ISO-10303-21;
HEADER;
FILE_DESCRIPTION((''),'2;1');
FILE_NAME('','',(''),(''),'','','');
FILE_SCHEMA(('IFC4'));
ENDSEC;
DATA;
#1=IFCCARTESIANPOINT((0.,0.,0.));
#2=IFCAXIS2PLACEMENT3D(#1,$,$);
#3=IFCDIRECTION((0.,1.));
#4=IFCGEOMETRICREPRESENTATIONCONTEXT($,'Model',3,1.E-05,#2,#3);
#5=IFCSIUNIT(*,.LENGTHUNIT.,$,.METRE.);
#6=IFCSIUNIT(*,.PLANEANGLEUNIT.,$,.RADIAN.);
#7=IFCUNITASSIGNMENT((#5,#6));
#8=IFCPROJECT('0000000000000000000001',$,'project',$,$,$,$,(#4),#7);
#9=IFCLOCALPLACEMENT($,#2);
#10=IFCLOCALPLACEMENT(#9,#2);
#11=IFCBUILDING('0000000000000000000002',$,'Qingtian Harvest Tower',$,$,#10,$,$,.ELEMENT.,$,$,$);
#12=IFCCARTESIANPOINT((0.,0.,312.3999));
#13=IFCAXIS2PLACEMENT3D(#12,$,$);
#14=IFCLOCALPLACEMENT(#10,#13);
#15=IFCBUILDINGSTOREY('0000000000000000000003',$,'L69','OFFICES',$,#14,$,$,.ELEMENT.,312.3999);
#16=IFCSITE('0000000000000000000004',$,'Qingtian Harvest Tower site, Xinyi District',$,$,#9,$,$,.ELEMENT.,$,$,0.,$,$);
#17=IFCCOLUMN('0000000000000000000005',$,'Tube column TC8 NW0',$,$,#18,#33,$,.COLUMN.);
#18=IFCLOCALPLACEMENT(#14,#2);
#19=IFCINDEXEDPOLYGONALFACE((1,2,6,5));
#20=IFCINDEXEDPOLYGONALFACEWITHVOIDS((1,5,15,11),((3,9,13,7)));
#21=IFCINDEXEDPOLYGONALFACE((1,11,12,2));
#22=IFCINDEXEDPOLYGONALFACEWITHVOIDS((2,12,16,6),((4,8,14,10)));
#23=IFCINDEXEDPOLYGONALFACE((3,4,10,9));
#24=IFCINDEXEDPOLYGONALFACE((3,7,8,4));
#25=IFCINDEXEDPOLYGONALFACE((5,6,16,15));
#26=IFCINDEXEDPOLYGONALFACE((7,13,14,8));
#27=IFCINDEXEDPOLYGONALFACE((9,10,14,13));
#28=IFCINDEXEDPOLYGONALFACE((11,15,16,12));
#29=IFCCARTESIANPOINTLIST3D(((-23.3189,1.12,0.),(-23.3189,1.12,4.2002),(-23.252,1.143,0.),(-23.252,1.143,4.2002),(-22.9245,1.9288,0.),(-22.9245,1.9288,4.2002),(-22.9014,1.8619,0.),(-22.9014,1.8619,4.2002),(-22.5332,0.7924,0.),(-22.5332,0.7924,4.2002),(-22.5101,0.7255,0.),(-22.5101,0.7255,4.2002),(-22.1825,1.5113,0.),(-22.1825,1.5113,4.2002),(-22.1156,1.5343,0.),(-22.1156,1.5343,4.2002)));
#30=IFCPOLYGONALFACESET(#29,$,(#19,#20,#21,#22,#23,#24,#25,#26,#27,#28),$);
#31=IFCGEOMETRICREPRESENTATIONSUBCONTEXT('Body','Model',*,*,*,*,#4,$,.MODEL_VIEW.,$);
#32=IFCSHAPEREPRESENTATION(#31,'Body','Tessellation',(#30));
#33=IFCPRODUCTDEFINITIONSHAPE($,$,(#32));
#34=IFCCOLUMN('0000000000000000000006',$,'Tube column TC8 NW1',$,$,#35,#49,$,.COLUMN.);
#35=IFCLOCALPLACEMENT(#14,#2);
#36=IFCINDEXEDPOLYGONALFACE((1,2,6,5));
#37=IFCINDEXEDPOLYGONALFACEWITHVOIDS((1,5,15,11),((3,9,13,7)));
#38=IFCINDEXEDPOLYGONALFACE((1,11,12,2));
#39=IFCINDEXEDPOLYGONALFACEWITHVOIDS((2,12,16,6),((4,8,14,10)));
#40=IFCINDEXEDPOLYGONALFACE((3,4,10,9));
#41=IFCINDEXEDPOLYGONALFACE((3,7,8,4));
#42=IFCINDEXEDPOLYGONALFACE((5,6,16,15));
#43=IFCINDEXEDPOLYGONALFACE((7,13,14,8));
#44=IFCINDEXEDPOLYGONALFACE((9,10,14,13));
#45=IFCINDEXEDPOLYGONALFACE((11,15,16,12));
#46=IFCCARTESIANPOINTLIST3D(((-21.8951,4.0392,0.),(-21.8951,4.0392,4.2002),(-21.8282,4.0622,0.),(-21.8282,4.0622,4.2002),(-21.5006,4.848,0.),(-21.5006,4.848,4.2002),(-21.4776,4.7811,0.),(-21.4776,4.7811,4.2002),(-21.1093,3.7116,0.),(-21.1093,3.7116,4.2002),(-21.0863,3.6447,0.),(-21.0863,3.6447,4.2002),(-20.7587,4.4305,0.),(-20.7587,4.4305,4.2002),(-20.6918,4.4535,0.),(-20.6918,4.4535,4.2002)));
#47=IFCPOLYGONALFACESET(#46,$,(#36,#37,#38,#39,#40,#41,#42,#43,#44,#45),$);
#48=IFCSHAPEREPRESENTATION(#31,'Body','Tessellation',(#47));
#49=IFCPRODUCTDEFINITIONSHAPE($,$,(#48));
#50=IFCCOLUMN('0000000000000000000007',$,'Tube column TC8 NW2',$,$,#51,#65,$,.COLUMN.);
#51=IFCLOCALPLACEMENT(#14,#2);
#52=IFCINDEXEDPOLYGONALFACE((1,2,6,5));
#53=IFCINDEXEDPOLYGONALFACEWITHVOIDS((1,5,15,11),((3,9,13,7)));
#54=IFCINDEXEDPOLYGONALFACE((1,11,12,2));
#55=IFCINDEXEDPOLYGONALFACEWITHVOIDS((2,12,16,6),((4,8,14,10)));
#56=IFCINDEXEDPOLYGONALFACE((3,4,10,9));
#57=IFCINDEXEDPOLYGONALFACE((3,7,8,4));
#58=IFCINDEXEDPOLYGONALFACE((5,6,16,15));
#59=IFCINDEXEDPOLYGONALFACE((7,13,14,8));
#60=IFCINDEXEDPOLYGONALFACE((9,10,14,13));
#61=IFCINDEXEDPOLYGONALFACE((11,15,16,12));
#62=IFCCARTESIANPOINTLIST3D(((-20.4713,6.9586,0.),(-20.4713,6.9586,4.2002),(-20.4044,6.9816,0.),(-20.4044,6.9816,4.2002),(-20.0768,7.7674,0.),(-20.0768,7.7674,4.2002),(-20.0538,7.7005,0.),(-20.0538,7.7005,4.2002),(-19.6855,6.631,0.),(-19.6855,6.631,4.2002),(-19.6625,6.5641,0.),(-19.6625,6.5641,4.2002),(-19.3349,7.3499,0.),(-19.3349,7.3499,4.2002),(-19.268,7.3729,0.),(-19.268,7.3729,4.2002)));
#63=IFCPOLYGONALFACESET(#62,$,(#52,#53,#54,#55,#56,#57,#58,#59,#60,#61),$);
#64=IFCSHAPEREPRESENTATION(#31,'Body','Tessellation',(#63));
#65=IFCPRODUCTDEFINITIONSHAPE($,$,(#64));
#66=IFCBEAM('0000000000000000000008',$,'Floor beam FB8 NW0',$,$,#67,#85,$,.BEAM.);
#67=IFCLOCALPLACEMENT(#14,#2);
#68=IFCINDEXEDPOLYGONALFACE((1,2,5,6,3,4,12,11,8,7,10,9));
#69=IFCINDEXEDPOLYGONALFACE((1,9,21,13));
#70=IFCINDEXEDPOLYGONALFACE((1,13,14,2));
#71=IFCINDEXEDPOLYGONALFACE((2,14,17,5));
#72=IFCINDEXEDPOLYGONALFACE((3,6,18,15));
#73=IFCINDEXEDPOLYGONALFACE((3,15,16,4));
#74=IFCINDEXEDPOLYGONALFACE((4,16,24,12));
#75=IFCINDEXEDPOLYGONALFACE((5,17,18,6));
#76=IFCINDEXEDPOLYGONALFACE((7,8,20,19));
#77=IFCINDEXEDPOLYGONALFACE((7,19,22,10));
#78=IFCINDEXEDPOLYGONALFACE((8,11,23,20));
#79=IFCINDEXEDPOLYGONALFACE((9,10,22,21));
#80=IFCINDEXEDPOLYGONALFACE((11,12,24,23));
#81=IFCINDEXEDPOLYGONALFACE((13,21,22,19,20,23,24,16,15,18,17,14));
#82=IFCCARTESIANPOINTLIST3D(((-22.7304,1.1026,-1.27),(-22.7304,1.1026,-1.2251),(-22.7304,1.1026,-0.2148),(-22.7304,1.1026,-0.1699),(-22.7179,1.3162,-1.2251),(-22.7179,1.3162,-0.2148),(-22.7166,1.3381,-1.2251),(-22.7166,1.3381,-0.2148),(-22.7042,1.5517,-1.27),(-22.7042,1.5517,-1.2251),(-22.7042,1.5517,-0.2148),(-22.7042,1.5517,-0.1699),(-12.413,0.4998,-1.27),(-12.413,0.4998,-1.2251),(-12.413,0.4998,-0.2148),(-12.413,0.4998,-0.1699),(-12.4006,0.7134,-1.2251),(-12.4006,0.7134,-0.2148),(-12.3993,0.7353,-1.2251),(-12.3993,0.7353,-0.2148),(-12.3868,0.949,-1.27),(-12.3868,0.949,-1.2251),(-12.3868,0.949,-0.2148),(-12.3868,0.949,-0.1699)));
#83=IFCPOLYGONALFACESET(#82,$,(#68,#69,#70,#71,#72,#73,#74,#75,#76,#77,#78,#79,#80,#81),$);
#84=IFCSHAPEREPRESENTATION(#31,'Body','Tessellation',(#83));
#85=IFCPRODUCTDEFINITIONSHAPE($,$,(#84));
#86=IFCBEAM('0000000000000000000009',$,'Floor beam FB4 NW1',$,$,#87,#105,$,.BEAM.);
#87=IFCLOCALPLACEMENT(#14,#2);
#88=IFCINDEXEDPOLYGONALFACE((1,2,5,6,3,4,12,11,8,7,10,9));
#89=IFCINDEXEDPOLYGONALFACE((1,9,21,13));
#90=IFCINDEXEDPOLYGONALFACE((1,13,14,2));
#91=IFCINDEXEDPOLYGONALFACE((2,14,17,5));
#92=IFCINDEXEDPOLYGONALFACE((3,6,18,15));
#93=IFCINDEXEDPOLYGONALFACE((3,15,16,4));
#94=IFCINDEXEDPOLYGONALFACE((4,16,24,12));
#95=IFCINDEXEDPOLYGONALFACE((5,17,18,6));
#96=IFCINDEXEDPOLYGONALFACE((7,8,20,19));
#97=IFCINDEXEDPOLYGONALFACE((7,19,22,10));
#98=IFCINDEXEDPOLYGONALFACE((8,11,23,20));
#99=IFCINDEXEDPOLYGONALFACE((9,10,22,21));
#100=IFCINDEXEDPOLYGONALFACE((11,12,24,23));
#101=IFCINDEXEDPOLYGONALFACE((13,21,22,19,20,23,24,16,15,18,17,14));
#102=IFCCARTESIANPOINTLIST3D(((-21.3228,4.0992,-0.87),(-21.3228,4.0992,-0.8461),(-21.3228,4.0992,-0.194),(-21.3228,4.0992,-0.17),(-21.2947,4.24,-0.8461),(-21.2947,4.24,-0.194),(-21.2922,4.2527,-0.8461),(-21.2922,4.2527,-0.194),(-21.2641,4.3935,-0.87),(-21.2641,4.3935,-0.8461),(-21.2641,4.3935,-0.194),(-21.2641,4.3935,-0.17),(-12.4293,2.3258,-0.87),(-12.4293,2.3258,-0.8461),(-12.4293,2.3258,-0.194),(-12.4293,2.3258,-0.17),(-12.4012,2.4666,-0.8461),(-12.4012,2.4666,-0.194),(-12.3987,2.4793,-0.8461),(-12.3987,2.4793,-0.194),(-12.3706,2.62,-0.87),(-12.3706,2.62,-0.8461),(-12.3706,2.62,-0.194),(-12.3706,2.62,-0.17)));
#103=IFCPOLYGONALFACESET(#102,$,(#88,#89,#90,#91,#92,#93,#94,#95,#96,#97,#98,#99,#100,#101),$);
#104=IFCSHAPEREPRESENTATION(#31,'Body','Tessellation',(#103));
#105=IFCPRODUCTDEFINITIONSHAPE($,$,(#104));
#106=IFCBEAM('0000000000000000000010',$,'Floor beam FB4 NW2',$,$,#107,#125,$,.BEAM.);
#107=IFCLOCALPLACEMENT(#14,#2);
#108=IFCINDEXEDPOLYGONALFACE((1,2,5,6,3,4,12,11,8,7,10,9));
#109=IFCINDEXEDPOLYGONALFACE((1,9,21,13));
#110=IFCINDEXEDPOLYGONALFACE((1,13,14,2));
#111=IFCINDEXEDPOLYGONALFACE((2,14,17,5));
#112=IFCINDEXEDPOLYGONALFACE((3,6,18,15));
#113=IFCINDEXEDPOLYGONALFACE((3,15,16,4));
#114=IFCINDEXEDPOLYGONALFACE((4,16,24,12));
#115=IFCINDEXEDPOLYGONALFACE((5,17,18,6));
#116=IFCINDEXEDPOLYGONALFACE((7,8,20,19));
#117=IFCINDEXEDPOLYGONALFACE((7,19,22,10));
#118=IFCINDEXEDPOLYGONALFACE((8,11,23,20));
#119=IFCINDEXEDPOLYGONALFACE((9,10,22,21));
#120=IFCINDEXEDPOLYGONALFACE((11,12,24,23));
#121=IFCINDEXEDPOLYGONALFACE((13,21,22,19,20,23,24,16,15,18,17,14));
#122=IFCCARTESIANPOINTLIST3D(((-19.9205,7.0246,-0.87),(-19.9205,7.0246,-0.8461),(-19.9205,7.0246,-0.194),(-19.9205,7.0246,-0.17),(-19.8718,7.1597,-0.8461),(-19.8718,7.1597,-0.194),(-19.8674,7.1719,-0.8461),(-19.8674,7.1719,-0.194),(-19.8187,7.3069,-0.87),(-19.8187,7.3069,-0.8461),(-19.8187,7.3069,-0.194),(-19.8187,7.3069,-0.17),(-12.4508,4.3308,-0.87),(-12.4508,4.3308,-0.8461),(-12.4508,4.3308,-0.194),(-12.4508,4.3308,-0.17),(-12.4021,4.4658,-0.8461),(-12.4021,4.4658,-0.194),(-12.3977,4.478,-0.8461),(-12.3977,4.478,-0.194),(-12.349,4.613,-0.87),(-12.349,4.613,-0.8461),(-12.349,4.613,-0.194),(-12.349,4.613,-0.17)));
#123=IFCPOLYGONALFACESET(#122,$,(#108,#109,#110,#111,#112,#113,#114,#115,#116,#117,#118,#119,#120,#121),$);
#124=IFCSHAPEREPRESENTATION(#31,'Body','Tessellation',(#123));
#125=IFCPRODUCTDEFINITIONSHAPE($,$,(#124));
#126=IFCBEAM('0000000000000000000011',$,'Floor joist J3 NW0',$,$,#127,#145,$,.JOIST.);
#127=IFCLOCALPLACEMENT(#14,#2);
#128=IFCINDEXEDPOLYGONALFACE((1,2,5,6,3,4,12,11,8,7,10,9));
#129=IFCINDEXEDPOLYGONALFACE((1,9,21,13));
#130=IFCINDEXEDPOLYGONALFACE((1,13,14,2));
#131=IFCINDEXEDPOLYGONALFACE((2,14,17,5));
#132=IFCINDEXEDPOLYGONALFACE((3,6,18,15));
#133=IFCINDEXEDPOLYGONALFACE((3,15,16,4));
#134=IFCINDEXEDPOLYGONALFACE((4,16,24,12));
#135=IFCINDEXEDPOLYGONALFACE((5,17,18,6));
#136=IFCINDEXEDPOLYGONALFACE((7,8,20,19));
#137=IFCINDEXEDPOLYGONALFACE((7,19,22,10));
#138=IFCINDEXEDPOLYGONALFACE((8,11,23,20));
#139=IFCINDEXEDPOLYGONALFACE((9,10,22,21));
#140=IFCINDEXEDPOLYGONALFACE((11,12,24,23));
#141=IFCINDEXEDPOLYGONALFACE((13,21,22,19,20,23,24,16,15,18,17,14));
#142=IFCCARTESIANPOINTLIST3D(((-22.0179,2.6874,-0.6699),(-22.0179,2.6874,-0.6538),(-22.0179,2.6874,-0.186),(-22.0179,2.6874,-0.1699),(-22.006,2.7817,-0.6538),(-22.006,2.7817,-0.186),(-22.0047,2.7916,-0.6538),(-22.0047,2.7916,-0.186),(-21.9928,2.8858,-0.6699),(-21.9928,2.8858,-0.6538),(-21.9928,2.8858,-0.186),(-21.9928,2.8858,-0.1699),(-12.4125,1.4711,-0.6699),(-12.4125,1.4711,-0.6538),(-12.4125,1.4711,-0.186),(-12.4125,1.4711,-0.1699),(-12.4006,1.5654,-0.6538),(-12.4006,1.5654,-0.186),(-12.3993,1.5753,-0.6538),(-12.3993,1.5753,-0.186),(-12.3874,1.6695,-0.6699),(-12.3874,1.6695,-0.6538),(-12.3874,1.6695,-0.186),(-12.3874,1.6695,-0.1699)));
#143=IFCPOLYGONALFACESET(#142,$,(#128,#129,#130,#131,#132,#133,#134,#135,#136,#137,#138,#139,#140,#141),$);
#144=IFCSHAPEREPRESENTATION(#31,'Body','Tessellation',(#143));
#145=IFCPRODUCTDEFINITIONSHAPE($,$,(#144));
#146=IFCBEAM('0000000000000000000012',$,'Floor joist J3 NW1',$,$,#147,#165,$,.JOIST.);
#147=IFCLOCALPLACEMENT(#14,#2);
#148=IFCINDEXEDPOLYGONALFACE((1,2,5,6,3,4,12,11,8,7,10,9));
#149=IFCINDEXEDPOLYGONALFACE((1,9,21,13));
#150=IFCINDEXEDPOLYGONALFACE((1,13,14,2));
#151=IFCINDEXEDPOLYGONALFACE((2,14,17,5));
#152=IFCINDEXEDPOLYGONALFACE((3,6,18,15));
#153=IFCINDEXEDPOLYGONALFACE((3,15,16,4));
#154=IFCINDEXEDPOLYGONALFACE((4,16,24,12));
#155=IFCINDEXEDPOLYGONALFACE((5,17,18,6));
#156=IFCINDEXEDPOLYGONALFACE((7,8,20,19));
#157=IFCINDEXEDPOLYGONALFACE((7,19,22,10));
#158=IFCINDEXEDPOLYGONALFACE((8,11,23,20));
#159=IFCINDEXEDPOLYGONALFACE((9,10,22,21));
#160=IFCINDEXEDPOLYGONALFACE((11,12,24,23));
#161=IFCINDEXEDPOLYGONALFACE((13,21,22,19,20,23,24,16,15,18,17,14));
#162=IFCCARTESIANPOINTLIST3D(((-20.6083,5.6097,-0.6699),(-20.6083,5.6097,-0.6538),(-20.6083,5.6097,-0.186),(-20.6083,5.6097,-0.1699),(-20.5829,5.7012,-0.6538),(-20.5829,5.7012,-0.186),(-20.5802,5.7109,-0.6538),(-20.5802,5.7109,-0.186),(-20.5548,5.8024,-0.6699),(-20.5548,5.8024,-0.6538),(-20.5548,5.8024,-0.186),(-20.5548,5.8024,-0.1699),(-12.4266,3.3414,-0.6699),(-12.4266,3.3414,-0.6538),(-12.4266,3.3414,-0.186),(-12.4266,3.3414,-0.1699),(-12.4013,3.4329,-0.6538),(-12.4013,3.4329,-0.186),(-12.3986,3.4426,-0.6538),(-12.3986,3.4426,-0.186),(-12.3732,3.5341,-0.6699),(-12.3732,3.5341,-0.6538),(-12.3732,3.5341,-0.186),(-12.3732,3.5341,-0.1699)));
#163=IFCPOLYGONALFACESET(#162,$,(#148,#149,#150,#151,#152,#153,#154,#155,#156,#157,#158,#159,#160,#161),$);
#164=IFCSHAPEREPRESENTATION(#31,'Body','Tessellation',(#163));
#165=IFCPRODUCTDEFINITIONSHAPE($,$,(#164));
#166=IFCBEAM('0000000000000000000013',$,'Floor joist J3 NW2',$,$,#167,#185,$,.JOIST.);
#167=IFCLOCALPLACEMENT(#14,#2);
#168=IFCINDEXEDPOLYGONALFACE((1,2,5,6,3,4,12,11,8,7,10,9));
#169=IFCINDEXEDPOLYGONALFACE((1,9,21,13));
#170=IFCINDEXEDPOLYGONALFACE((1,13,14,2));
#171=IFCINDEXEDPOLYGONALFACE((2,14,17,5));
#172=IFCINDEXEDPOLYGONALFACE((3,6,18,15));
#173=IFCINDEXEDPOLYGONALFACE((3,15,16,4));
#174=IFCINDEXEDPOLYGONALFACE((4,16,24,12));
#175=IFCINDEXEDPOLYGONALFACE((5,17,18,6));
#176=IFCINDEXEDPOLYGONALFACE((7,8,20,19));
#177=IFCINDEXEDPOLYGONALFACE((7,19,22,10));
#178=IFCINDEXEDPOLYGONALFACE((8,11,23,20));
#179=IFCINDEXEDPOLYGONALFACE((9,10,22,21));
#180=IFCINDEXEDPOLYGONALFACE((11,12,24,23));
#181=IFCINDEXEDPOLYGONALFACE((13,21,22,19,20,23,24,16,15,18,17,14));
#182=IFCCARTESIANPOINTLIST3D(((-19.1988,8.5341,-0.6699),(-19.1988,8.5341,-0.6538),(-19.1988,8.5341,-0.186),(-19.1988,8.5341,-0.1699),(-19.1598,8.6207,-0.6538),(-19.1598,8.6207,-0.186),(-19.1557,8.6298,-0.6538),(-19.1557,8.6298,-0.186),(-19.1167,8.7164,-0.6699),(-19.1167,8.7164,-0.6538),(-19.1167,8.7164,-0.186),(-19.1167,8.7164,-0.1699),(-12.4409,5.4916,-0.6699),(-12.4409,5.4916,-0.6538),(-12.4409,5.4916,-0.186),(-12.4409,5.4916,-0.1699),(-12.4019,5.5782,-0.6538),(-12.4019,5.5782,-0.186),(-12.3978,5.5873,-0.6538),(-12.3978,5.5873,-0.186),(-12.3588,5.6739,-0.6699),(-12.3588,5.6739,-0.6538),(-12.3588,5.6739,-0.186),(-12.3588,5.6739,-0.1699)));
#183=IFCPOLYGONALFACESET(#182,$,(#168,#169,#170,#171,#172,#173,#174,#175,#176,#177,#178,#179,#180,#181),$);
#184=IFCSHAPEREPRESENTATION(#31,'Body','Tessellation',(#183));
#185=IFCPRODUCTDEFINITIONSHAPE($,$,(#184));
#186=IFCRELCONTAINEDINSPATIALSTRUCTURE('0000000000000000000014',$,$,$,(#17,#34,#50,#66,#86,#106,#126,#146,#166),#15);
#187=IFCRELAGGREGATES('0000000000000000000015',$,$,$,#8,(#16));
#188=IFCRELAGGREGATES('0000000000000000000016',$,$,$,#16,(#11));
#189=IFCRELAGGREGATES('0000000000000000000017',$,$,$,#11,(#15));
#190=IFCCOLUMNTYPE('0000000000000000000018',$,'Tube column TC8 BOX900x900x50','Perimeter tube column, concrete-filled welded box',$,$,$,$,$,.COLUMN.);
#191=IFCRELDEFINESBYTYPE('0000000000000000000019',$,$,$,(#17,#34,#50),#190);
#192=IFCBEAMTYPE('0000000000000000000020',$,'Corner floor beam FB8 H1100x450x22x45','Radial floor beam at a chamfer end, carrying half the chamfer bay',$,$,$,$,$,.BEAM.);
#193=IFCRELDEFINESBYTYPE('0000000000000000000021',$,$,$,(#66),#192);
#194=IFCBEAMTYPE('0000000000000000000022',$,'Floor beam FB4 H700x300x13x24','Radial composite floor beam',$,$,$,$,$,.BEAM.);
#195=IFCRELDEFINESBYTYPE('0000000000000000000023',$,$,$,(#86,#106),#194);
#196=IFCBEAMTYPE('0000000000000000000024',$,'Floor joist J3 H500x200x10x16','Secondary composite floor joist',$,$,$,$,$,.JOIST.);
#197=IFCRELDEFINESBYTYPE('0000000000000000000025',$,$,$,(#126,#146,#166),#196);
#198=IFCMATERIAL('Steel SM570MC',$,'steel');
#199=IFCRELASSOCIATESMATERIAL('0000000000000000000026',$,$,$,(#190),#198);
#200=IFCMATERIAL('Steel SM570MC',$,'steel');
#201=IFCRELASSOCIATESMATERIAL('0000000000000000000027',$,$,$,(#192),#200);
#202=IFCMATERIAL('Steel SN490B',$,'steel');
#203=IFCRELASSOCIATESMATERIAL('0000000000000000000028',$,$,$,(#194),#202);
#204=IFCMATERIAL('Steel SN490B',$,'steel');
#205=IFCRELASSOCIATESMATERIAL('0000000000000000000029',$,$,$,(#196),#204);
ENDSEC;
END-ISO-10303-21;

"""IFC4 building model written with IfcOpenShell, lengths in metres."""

from ifc_helpers import new_model, si_unit, direction, frame, origin, origin_2d, place, context, subcontext, project, spatial, hollow_rectangle, i_section, extrude, material, material_profile, profile_set, type_object, element, save


model = new_model("IFC4")

# Units and contexts
model_context = context("Model", 3, precision=1e-05, world=origin(), true_north=direction((0.0, 1.0)))
body_context = subcontext(model_context, "Body", "Model", "MODEL_VIEW")
ifc_project = project(units=[si_unit("LENGTHUNIT", "METRE"), si_unit("PLANEANGLEUNIT", "RADIAN")], contexts=[model_context])

# Site, building, storey
site_placement = place(None, origin())
site = spatial("IfcSite", under=ifc_project, at=site_placement, Name="Qingtian Harvest Tower site, Xinyi District", CompositionType="ELEMENT", RefElevation=0.0)
building_placement = place(site_placement, origin())
building = spatial("IfcBuilding", under=site, at=building_placement, Name="Qingtian Harvest Tower", CompositionType="ELEMENT")
storey_placement = place(building_placement, frame((0.0, 0.0, 312.3999)))
storey = spatial("IfcBuildingStorey", under=building, at=storey_placement, Name="L69", Description="OFFICES", CompositionType="ELEMENT", Elevation=312.3999)

# Columns
ifc_material_1 = material(Name="Steel SM570MC", Category="steel")
ifc_material_profile_1 = material_profile(ifc_material_1, hollow_rectangle(XDim=0.8999, YDim=0.8999, WallThickness=0.05, at=origin_2d()), Name="BOX900x900x50")
ifc_profile_set_1 = profile_set([ifc_material_profile_1], Name="Steel SM570MC")
column_type = type_object("IfcColumnType", Name="Tube column TC8 BOX900x900x50", Description="Perimeter tube column, concrete-filled welded box", PredefinedType="COLUMN", material=ifc_profile_set_1)
for number, where, z_axis, x_axis, name in (
    (1, (-22.7173, 1.3271, 0.0), (0.0, 0.0, 1.0), (-0.438371, -0.898794, 0.0), "Tube column TC8 NW0"),
    (2, (-21.2935, 4.2463, 0.0), (0.0, 0.0, 1.0), (-0.438371, -0.898794, 0.0), "Tube column TC8 NW1"),
    (3, (-19.8696, 7.1658, 0.0), (0.0, 0.0, 1.0), (-0.438371, -0.898794, 0.0), "Tube column TC8 NW2"),
):
    element("IfcColumn", number, at=place(storey_placement, frame(where, z_axis=z_axis, x_axis=x_axis)), inside=storey, type_object=column_type, Name=name, PredefinedType="COLUMN", context=body_context, shape_type="SweptSolid", body=[
        extrude(hollow_rectangle(XDim=0.8999, YDim=0.8999, WallThickness=0.05, at=origin_2d()), origin(), (0.0, 0.0, 1.0), 4.2002),
    ])

# Beams
ifc_material_2 = material(Name="Steel SM570MC", Category="steel")
ifc_material_profile_2 = material_profile(ifc_material_2, i_section(OverallWidth=0.45, OverallDepth=1.1001, WebThickness=0.022, FlangeThickness=0.0449, at=origin_2d()), Name="H1100x450x22x45")
ifc_profile_set_2 = profile_set([ifc_material_profile_2], Name="Steel SM570MC")
beam_type_1 = type_object("IfcBeamType", Name="Corner floor beam FB8 H1100x450x22x45", Description="Radial floor beam at a chamfer end, carrying half the chamfer bay", PredefinedType="BEAM", material=ifc_profile_set_2)
beam_1_placement = place(storey_placement, frame((-22.7173, 1.3271, -0.72), z_axis=(0.998298, -0.058325, 0.0), x_axis=(0.058325, 0.998298, 0.0)))
element("IfcBeam", 4, at=beam_1_placement, inside=storey, type_object=beam_type_1, Name="Floor beam FB8 NW0", PredefinedType="BEAM", context=body_context, shape_type="SweptSolid", body=[
    extrude(i_section(OverallWidth=0.45, OverallDepth=1.1001, WebThickness=0.022, FlangeThickness=0.0449, at=origin_2d()), origin(), (0.0, 0.0, 1.0), 10.335),
])
ifc_material_3 = material(Name="Steel SN490B", Category="steel")
ifc_material_profile_3 = material_profile(ifc_material_3, i_section(OverallWidth=0.3, OverallDepth=0.7, WebThickness=0.0129, FlangeThickness=0.0239, at=origin_2d()), Name="H700x300x13x24")
ifc_profile_set_3 = profile_set([ifc_material_profile_3], Name="Steel SN490B")
beam_type_2 = type_object("IfcBeamType", Name="Floor beam FB4 H700x300x13x24", Description="Radial composite floor beam", PredefinedType="BEAM", material=ifc_profile_set_3)
beam_2_placement = place(storey_placement, frame((-21.2935, 4.2463, -0.52), z_axis=(0.980692, -0.195557, 0.0), x_axis=(0.195557, 0.980692, 0.0)))
element("IfcBeam", 5, at=beam_2_placement, inside=storey, type_object=beam_type_2, Name="Floor beam FB4 NW1", PredefinedType="BEAM", context=body_context, shape_type="SweptSolid", body=[
    extrude(i_section(OverallWidth=0.3, OverallDepth=0.7, WebThickness=0.0129, FlangeThickness=0.0239, at=origin_2d()), origin(), (0.0, 0.0, 1.0), 9.0686),
])
beam_3_placement = place(storey_placement, frame((-19.8696, 7.1658, -0.52), z_axis=(0.940697, -0.339249, 0.0), x_axis=(0.339249, 0.940697, 0.0)))
element("IfcBeam", 6, at=beam_3_placement, inside=storey, type_object=beam_type_2, Name="Floor beam FB4 NW2", PredefinedType="BEAM", context=body_context, shape_type="SweptSolid", body=[
    extrude(i_section(OverallWidth=0.3, OverallDepth=0.7, WebThickness=0.0129, FlangeThickness=0.0239, at=origin_2d()), origin(), (0.0, 0.0, 1.0), 7.9407),
])
ifc_material_4 = material(Name="Steel SN490B", Category="steel")
ifc_material_profile_4 = material_profile(ifc_material_4, i_section(OverallWidth=0.2, OverallDepth=0.5, WebThickness=0.01, FlangeThickness=0.0161, at=origin_2d()), Name="H500x200x10x16")
ifc_profile_set_4 = profile_set([ifc_material_profile_4], Name="Steel SN490B")
beam_type_3 = type_object("IfcBeamType", Name="Floor joist J3 H500x200x10x16", Description="Secondary composite floor joist", PredefinedType="JOIST", material=ifc_profile_set_4)
beam_4_placement = place(storey_placement, frame((-22.0054, 2.7866, -0.4199), z_axis=(0.992078, -0.125624, 0.0), x_axis=(0.125624, 0.992078, 0.0)))
element("IfcBeam", 7, at=beam_4_placement, inside=storey, type_object=beam_type_3, Name="Floor joist J3 NW0", PredefinedType="JOIST", context=body_context, shape_type="SweptSolid", body=[
    extrude(i_section(OverallWidth=0.2, OverallDepth=0.5, WebThickness=0.01, FlangeThickness=0.0161, at=origin_2d()), origin(), (0.0, 0.0, 1.0), 9.6821),
])
beam_5_placement = place(storey_placement, frame((-20.5815, 5.7061, -0.4199), z_axis=(0.96365, -0.267166, 0.0), x_axis=(0.267166, 0.96365, 0.0)))
element("IfcBeam", 8, at=beam_5_placement, inside=storey, type_object=beam_type_3, Name="Floor joist J3 NW1", PredefinedType="JOIST", context=body_context, shape_type="SweptSolid", body=[
    extrude(i_section(OverallWidth=0.2, OverallDepth=0.5, WebThickness=0.01, FlangeThickness=0.0161, at=origin_2d()), origin(), (0.0, 0.0, 1.0), 8.4902),
])
beam_6_placement = place(storey_placement, frame((-19.1577, 8.6252, -0.4199), z_axis=(0.911848, -0.410529, 0.0), x_axis=(0.410529, 0.911848, 0.0)))
element("IfcBeam", 9, at=beam_6_placement, inside=storey, type_object=beam_type_3, Name="Floor joist J3 NW2", PredefinedType="JOIST", context=body_context, shape_type="SweptSolid", body=[
    extrude(i_section(OverallWidth=0.2, OverallDepth=0.5, WebThickness=0.01, FlangeThickness=0.0161, at=origin_2d()), origin(), (0.0, 0.0, 1.0), 7.4111),
])

save(model, "model.ifc")
